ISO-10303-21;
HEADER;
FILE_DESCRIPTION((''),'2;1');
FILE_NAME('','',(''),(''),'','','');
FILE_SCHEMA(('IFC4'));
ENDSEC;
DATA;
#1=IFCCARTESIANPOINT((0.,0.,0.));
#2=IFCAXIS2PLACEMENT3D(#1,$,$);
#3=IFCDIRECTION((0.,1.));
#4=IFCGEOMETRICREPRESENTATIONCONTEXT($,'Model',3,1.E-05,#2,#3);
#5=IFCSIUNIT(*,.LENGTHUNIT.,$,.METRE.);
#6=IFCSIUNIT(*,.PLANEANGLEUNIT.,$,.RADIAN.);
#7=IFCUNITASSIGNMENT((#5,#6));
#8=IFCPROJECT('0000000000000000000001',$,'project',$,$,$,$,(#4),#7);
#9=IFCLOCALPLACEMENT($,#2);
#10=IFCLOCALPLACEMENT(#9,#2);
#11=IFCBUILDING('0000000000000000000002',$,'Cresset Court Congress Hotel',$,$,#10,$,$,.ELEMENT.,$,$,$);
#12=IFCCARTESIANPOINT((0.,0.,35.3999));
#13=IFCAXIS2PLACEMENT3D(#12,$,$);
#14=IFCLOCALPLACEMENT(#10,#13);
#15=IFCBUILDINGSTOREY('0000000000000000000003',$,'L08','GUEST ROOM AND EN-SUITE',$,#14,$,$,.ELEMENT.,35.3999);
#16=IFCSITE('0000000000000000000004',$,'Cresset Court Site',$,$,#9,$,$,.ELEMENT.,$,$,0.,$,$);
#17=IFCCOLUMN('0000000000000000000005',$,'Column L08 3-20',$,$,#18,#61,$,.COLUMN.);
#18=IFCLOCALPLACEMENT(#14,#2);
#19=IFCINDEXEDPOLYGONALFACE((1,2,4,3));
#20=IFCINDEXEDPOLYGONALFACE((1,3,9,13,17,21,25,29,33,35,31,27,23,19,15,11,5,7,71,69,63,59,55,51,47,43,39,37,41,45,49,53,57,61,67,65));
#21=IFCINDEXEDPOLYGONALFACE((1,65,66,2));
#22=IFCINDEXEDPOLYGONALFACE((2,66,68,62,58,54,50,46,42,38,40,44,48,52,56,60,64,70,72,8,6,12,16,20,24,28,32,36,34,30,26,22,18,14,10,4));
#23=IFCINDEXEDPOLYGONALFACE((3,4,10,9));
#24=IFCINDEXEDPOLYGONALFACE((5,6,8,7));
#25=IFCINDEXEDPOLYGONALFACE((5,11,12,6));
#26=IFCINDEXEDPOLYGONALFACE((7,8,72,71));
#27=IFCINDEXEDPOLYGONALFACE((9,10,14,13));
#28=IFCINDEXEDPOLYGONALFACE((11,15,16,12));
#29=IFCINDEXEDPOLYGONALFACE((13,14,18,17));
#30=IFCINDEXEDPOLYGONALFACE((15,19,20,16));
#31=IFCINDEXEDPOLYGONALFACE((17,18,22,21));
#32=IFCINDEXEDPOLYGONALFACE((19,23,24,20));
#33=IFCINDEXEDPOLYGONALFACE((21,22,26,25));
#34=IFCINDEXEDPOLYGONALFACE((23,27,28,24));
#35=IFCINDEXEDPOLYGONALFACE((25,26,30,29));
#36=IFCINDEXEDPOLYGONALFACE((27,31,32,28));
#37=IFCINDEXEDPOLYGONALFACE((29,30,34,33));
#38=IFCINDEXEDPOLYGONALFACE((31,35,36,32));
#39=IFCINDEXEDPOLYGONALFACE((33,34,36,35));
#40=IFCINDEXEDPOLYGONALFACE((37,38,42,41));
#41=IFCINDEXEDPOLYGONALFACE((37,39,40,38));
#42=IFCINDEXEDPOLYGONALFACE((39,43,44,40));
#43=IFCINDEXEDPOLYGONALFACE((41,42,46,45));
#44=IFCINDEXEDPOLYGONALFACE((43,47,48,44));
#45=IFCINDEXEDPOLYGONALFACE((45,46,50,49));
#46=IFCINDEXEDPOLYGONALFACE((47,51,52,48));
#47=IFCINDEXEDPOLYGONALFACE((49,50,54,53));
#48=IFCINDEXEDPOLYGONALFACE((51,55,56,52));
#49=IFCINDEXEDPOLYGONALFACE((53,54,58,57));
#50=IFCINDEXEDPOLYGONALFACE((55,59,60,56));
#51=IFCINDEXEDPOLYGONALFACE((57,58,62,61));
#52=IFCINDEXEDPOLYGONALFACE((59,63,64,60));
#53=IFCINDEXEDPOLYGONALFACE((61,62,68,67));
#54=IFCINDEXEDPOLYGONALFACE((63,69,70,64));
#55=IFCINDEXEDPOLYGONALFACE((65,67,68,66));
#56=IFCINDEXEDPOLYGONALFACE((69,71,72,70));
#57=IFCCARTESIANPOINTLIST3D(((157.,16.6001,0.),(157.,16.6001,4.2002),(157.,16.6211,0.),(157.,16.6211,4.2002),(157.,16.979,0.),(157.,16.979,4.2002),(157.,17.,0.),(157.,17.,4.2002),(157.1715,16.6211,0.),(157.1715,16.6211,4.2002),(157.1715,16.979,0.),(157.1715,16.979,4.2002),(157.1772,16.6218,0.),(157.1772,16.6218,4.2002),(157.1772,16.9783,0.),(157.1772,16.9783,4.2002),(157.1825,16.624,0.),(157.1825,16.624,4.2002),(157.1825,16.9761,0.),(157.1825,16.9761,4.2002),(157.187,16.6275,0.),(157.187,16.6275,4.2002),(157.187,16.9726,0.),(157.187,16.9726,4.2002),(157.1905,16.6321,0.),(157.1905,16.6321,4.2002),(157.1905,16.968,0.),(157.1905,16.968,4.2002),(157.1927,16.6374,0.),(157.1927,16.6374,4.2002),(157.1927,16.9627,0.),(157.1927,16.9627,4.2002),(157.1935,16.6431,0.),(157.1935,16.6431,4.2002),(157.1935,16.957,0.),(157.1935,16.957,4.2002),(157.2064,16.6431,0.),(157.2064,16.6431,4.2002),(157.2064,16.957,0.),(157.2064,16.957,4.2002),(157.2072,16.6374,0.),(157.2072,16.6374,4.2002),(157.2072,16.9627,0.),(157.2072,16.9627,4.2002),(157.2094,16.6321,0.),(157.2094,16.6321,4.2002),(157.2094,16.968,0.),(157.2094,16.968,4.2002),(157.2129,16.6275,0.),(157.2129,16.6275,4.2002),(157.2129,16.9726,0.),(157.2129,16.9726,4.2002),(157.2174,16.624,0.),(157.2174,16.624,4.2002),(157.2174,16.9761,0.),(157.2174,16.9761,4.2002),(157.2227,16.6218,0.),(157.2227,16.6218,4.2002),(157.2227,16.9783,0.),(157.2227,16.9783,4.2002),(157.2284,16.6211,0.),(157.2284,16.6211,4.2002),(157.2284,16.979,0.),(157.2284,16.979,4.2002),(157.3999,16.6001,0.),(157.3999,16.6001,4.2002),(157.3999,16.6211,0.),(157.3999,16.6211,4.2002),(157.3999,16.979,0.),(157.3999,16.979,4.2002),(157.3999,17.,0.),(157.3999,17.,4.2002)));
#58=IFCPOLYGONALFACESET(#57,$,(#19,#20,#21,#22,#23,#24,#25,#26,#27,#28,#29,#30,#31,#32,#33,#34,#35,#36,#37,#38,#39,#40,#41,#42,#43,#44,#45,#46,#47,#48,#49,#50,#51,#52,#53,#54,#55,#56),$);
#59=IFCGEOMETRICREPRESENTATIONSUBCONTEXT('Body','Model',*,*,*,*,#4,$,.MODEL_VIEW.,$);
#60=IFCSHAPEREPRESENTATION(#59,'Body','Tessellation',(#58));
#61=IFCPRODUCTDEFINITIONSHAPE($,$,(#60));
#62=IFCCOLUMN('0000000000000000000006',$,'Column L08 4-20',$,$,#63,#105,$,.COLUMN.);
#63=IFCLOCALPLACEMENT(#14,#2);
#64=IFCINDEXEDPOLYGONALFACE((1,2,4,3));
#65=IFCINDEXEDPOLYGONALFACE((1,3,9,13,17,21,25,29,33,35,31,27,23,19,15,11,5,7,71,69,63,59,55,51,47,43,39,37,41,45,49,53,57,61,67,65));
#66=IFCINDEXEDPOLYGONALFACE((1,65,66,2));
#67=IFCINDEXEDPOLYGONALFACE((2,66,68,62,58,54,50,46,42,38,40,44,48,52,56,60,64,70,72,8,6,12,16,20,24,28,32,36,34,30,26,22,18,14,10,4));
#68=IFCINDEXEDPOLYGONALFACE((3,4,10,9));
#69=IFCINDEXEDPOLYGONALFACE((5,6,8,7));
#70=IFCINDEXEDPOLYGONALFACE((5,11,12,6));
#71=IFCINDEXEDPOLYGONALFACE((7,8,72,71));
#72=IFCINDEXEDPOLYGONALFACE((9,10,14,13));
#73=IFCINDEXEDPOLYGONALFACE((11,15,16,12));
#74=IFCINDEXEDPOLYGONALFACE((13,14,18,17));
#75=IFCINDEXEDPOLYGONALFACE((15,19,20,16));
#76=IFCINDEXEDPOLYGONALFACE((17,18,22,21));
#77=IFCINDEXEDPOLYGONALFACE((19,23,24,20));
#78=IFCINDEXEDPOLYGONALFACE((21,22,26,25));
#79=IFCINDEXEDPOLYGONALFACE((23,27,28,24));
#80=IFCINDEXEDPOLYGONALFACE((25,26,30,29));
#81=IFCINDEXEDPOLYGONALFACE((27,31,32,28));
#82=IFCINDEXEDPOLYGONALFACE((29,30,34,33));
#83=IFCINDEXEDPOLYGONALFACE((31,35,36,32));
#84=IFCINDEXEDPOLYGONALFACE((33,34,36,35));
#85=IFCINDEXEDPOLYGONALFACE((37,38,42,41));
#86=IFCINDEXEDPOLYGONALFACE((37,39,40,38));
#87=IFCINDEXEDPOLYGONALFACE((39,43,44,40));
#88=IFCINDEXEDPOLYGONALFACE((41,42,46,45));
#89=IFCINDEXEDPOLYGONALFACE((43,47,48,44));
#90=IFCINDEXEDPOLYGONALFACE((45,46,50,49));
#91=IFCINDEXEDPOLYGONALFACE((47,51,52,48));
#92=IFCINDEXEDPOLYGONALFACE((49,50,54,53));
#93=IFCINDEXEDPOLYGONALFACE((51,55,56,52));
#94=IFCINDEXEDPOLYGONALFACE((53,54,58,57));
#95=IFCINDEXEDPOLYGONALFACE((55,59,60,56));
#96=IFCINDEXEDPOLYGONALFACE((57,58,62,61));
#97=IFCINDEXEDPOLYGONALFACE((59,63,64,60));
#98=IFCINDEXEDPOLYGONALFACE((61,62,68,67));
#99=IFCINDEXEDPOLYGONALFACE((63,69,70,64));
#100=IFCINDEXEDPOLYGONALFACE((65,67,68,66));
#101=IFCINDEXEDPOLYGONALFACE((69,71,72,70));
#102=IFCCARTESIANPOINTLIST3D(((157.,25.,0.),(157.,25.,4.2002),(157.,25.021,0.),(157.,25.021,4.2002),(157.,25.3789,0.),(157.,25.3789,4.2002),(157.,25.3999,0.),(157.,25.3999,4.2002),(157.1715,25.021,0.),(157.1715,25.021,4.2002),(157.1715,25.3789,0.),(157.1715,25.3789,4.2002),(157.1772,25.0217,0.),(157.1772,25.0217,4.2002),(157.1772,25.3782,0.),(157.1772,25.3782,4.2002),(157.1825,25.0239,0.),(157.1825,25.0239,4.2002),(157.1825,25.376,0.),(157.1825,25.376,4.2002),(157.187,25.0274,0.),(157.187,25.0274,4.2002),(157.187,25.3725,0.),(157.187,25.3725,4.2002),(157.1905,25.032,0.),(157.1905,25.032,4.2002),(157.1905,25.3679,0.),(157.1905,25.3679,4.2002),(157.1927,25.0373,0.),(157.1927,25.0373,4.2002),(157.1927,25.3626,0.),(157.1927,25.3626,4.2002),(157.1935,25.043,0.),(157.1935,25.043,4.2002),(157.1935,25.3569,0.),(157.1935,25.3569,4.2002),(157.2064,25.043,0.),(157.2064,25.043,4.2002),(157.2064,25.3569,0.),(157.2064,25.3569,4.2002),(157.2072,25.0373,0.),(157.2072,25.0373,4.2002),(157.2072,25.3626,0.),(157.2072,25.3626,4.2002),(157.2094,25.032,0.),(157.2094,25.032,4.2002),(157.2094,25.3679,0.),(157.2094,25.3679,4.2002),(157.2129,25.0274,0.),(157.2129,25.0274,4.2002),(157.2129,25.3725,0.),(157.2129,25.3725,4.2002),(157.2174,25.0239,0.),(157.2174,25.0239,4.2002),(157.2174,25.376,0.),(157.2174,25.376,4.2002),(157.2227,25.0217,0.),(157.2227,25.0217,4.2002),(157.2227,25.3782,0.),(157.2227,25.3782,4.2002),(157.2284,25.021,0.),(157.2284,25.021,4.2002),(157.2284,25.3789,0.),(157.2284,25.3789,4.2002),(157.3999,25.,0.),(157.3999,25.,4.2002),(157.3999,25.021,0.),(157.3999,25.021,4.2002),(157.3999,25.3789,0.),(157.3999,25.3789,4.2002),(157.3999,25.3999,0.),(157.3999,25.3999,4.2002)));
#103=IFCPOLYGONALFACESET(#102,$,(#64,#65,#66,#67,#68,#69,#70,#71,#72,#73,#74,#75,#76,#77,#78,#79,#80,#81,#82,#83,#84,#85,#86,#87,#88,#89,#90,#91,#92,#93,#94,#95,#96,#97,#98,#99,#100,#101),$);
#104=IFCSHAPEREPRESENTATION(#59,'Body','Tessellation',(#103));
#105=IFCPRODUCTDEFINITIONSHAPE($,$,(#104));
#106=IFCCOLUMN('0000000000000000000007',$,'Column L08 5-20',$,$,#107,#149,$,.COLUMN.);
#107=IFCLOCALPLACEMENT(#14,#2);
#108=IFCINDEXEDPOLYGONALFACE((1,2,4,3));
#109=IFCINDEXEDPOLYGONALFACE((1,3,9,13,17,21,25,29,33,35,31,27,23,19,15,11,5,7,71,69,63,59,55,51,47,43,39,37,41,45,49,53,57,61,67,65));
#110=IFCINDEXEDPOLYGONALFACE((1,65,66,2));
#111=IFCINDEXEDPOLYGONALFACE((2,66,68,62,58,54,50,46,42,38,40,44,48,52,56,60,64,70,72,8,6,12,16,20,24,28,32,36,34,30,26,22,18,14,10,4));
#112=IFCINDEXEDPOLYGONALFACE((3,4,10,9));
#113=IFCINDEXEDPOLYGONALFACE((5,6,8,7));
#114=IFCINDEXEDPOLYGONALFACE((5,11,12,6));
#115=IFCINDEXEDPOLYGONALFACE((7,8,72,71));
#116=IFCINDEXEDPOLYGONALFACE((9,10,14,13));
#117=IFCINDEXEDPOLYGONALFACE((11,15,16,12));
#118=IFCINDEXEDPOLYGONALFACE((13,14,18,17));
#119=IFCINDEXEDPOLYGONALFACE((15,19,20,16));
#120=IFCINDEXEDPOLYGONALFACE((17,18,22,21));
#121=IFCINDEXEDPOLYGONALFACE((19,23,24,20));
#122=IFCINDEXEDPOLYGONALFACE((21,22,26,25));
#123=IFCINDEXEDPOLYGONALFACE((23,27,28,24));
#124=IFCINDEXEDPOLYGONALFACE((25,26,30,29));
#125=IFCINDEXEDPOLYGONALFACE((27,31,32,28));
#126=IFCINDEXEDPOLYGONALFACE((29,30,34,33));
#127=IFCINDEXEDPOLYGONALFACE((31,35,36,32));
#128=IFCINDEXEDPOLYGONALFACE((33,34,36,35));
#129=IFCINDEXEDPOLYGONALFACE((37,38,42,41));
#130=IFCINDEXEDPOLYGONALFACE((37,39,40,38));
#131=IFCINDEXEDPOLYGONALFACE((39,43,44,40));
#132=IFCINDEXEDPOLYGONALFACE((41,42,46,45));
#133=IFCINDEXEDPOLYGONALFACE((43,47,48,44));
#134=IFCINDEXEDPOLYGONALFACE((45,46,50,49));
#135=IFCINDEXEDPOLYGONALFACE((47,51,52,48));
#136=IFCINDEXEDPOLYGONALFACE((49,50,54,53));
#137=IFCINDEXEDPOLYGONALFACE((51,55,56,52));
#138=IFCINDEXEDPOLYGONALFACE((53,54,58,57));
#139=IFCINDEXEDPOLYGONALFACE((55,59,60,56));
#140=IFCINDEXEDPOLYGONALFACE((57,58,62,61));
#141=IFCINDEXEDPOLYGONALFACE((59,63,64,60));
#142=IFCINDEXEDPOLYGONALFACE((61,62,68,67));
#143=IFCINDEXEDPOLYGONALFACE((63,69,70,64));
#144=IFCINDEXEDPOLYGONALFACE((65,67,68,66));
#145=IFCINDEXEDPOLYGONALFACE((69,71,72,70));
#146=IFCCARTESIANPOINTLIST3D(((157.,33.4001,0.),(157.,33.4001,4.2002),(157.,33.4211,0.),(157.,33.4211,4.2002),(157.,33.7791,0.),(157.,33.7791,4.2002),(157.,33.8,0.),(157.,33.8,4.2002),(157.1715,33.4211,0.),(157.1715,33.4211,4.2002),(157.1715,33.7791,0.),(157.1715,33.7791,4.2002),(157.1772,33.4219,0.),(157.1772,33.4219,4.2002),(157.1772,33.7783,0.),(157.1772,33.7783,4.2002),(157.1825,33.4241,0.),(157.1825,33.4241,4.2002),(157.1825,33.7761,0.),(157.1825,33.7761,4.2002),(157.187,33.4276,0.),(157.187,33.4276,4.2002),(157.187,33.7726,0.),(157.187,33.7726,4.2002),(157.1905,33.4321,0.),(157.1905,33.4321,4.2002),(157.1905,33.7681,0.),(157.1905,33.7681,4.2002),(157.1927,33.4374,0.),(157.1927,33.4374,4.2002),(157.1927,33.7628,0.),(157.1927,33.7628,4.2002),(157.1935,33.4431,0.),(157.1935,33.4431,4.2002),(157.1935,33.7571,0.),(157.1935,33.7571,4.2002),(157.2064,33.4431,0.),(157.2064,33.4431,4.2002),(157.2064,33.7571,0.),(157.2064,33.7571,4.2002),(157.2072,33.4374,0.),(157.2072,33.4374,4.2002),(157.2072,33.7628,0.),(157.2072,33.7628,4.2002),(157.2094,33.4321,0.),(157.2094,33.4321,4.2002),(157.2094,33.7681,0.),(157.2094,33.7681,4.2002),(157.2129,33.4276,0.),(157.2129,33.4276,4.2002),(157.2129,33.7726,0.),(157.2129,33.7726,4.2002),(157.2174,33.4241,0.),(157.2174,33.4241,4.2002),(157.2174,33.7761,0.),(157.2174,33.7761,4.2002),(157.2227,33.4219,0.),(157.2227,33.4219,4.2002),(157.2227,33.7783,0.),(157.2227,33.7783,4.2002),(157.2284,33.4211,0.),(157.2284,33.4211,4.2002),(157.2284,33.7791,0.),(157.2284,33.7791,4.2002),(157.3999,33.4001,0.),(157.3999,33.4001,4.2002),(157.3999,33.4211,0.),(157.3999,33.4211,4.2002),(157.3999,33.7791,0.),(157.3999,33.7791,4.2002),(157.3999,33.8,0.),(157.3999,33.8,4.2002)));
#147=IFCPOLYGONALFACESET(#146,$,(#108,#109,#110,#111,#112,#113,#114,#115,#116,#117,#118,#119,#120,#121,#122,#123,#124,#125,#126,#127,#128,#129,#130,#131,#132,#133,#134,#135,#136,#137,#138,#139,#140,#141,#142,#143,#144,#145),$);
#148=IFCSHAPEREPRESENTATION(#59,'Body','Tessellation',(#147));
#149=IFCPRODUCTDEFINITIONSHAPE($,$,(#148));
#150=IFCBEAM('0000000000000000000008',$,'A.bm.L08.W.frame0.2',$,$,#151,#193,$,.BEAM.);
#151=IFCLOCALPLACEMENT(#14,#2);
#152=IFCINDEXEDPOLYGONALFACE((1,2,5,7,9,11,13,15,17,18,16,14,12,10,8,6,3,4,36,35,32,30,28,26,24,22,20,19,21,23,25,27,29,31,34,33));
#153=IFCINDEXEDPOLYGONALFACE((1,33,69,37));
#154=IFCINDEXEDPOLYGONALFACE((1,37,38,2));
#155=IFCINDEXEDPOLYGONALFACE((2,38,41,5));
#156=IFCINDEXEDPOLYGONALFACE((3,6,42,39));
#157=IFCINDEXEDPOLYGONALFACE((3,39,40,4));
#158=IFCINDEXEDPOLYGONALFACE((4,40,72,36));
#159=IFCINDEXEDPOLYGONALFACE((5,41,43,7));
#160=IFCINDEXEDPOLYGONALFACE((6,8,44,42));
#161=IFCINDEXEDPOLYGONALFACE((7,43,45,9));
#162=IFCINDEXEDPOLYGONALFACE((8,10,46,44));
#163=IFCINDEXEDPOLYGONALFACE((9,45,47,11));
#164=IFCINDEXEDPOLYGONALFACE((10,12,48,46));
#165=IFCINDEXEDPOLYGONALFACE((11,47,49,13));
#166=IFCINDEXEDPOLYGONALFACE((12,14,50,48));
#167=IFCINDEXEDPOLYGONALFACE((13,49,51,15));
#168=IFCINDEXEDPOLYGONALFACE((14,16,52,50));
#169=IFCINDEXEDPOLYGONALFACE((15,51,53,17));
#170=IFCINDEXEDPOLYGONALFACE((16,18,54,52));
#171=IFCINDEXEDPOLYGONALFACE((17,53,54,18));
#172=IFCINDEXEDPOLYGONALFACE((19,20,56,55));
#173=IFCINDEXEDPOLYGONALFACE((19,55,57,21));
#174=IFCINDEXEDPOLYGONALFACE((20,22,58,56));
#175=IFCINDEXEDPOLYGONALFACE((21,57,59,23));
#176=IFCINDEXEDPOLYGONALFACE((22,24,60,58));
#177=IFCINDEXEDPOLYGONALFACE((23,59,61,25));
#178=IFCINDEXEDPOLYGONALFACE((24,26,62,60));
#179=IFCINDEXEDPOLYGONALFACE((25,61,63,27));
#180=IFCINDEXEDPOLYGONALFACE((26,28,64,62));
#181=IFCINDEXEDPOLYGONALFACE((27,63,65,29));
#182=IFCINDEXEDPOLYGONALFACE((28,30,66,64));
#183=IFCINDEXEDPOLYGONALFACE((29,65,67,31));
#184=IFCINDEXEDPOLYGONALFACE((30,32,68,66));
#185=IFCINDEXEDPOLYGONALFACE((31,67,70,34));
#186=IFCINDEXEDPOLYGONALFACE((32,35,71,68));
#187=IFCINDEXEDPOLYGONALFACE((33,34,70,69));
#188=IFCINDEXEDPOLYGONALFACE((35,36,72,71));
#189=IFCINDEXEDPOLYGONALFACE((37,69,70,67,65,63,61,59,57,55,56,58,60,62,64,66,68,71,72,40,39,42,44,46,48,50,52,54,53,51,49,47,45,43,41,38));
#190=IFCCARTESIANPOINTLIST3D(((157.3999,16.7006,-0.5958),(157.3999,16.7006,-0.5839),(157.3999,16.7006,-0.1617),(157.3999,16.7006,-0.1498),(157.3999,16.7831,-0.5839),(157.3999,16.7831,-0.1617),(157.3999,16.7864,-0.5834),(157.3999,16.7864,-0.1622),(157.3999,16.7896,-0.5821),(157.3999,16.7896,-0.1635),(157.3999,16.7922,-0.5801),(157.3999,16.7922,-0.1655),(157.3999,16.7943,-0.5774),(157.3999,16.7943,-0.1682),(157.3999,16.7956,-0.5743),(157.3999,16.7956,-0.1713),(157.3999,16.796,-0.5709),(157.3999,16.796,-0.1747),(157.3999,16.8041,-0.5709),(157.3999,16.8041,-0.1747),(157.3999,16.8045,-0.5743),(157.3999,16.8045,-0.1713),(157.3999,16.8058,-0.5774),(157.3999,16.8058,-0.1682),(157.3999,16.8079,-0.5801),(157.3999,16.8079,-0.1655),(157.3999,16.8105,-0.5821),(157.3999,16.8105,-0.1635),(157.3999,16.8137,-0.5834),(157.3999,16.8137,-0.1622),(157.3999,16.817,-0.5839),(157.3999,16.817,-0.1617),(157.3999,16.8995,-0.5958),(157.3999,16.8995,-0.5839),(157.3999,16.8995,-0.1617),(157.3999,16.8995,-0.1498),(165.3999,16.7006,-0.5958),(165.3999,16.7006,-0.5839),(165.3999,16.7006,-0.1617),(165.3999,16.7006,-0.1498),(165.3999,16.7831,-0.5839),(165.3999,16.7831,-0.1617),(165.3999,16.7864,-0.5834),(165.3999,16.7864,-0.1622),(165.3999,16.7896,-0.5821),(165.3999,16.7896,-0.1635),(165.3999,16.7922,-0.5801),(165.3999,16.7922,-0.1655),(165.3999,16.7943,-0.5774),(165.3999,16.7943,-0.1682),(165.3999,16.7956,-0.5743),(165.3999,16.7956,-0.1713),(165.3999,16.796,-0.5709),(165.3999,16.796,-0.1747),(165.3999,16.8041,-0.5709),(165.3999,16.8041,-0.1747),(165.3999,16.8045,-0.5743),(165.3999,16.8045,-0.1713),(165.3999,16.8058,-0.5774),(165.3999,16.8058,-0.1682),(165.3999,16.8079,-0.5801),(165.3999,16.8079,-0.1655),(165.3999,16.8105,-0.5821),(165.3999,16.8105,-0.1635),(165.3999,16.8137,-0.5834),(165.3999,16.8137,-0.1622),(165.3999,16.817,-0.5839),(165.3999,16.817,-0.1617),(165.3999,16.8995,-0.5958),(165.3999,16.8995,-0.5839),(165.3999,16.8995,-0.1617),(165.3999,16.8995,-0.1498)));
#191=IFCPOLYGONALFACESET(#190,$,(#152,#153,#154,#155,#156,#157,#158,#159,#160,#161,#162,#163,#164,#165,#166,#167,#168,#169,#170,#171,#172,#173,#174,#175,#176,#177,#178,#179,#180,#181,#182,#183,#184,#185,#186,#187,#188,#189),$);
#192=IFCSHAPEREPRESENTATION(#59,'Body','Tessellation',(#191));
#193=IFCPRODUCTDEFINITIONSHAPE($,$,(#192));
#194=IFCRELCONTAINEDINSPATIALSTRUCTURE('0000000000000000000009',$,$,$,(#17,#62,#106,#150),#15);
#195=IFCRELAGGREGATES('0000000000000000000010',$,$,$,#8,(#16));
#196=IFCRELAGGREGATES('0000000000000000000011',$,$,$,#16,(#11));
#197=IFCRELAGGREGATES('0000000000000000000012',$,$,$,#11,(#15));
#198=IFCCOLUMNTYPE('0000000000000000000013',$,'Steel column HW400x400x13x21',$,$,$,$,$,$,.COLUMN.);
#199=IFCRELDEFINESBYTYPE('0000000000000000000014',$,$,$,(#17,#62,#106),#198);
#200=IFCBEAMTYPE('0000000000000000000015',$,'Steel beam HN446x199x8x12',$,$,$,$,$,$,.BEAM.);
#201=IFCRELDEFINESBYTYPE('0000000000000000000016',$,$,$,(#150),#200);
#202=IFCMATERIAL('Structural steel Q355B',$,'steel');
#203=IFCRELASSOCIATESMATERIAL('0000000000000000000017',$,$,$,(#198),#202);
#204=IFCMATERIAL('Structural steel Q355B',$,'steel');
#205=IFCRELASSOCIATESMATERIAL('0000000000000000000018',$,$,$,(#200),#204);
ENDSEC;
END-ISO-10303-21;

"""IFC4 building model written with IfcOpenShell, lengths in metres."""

from ifc_helpers import new_model, si_unit, direction, frame, origin, origin_2d, place, context, subcontext, project, spatial, i_section, extrude, material, material_profile, profile_set, type_object, element, save


model = new_model("IFC4")

# Units and contexts
model_context = context("Model", 3, precision=1e-05, world=origin(), true_north=direction((0.0, 1.0)))
body_context = subcontext(model_context, "Body", "Model", "MODEL_VIEW")
ifc_project = project(units=[si_unit("LENGTHUNIT", "METRE"), si_unit("PLANEANGLEUNIT", "RADIAN")], contexts=[model_context])

# Site, building, storey
site_placement = place(None, origin())
site = spatial("IfcSite", under=ifc_project, at=site_placement, Name="Cresset Court Site", CompositionType="ELEMENT", RefElevation=0.0)
building_placement = place(site_placement, origin())
building = spatial("IfcBuilding", under=site, at=building_placement, Name="Cresset Court Congress Hotel", CompositionType="ELEMENT")
storey_placement = place(building_placement, frame((0.0, 0.0, 35.3999)))
storey = spatial("IfcBuildingStorey", under=building, at=storey_placement, Name="L08", Description="GUEST ROOM AND EN-SUITE", CompositionType="ELEMENT", Elevation=35.3999)

# Columns
ifc_material_1 = material(Name="Structural steel Q355B", Category="steel")
ifc_material_profile_1 = material_profile(ifc_material_1, i_section(OverallWidth=0.3999, OverallDepth=0.3999, WebThickness=0.0129, FlangeThickness=0.021, FilletRadius=0.022, at=origin_2d()), Name="HW400x400x13x21")
ifc_profile_set_1 = profile_set([ifc_material_profile_1], Name="Structural steel Q355B")
column_type = type_object("IfcColumnType", Name="Steel column HW400x400x13x21", PredefinedType="COLUMN", material=ifc_profile_set_1)
for number, where, z_axis, x_axis, name in (
    (1, (157.2, 16.8, 0.0), (0.0, 0.0, 1.0), (1.0, 0.0, 0.0), "Column L08 3-20"),
    (2, (157.2, 25.2, 0.0), (0.0, 0.0, 1.0), (1.0, 0.0, 0.0), "Column L08 4-20"),
    (3, (157.2, 33.6001, 0.0), (0.0, 0.0, 1.0), (1.0, 0.0, 0.0), "Column L08 5-20"),
):
    element("IfcColumn", number, at=place(storey_placement, frame(where, z_axis=z_axis, x_axis=x_axis)), inside=storey, type_object=column_type, Name=name, PredefinedType="COLUMN", context=body_context, shape_type="SweptSolid", body=[
        extrude(i_section(OverallWidth=0.3999, OverallDepth=0.3999, WebThickness=0.0129, FlangeThickness=0.021, FilletRadius=0.022, at=origin_2d()), origin(), (0.0, 0.0, 1.0), 4.2002),
    ])

# Beam
ifc_material_2 = material(Name="Structural steel Q355B", Category="steel")
ifc_material_profile_2 = material_profile(ifc_material_2, i_section(OverallWidth=0.199, OverallDepth=0.446, WebThickness=0.0081, FlangeThickness=0.012, FilletRadius=0.0129, at=origin_2d()), Name="HN446x199x8x12")
ifc_profile_set_2 = profile_set([ifc_material_profile_2], Name="Structural steel Q355B")
beam_type_1 = type_object("IfcBeamType", Name="Steel beam HN446x199x8x12", PredefinedType="BEAM", material=ifc_profile_set_2)
beam_1_placement = place(storey_placement, frame((157.3999, 16.8, -0.3728), z_axis=(1.0, 0.0, 0.0), x_axis=(0.0, 1.0, 0.0)))
element("IfcBeam", 4, at=beam_1_placement, inside=storey, type_object=beam_type_1, Name="A.bm.L08.W.frame0.2", PredefinedType="BEAM", context=body_context, shape_type="SweptSolid", body=[
    extrude(i_section(OverallWidth=0.199, OverallDepth=0.446, WebThickness=0.0081, FlangeThickness=0.012, FilletRadius=0.0129, at=origin_2d()), origin(), (0.0, 0.0, 1.0), 8.0),
])

save(model, "model.ifc")
